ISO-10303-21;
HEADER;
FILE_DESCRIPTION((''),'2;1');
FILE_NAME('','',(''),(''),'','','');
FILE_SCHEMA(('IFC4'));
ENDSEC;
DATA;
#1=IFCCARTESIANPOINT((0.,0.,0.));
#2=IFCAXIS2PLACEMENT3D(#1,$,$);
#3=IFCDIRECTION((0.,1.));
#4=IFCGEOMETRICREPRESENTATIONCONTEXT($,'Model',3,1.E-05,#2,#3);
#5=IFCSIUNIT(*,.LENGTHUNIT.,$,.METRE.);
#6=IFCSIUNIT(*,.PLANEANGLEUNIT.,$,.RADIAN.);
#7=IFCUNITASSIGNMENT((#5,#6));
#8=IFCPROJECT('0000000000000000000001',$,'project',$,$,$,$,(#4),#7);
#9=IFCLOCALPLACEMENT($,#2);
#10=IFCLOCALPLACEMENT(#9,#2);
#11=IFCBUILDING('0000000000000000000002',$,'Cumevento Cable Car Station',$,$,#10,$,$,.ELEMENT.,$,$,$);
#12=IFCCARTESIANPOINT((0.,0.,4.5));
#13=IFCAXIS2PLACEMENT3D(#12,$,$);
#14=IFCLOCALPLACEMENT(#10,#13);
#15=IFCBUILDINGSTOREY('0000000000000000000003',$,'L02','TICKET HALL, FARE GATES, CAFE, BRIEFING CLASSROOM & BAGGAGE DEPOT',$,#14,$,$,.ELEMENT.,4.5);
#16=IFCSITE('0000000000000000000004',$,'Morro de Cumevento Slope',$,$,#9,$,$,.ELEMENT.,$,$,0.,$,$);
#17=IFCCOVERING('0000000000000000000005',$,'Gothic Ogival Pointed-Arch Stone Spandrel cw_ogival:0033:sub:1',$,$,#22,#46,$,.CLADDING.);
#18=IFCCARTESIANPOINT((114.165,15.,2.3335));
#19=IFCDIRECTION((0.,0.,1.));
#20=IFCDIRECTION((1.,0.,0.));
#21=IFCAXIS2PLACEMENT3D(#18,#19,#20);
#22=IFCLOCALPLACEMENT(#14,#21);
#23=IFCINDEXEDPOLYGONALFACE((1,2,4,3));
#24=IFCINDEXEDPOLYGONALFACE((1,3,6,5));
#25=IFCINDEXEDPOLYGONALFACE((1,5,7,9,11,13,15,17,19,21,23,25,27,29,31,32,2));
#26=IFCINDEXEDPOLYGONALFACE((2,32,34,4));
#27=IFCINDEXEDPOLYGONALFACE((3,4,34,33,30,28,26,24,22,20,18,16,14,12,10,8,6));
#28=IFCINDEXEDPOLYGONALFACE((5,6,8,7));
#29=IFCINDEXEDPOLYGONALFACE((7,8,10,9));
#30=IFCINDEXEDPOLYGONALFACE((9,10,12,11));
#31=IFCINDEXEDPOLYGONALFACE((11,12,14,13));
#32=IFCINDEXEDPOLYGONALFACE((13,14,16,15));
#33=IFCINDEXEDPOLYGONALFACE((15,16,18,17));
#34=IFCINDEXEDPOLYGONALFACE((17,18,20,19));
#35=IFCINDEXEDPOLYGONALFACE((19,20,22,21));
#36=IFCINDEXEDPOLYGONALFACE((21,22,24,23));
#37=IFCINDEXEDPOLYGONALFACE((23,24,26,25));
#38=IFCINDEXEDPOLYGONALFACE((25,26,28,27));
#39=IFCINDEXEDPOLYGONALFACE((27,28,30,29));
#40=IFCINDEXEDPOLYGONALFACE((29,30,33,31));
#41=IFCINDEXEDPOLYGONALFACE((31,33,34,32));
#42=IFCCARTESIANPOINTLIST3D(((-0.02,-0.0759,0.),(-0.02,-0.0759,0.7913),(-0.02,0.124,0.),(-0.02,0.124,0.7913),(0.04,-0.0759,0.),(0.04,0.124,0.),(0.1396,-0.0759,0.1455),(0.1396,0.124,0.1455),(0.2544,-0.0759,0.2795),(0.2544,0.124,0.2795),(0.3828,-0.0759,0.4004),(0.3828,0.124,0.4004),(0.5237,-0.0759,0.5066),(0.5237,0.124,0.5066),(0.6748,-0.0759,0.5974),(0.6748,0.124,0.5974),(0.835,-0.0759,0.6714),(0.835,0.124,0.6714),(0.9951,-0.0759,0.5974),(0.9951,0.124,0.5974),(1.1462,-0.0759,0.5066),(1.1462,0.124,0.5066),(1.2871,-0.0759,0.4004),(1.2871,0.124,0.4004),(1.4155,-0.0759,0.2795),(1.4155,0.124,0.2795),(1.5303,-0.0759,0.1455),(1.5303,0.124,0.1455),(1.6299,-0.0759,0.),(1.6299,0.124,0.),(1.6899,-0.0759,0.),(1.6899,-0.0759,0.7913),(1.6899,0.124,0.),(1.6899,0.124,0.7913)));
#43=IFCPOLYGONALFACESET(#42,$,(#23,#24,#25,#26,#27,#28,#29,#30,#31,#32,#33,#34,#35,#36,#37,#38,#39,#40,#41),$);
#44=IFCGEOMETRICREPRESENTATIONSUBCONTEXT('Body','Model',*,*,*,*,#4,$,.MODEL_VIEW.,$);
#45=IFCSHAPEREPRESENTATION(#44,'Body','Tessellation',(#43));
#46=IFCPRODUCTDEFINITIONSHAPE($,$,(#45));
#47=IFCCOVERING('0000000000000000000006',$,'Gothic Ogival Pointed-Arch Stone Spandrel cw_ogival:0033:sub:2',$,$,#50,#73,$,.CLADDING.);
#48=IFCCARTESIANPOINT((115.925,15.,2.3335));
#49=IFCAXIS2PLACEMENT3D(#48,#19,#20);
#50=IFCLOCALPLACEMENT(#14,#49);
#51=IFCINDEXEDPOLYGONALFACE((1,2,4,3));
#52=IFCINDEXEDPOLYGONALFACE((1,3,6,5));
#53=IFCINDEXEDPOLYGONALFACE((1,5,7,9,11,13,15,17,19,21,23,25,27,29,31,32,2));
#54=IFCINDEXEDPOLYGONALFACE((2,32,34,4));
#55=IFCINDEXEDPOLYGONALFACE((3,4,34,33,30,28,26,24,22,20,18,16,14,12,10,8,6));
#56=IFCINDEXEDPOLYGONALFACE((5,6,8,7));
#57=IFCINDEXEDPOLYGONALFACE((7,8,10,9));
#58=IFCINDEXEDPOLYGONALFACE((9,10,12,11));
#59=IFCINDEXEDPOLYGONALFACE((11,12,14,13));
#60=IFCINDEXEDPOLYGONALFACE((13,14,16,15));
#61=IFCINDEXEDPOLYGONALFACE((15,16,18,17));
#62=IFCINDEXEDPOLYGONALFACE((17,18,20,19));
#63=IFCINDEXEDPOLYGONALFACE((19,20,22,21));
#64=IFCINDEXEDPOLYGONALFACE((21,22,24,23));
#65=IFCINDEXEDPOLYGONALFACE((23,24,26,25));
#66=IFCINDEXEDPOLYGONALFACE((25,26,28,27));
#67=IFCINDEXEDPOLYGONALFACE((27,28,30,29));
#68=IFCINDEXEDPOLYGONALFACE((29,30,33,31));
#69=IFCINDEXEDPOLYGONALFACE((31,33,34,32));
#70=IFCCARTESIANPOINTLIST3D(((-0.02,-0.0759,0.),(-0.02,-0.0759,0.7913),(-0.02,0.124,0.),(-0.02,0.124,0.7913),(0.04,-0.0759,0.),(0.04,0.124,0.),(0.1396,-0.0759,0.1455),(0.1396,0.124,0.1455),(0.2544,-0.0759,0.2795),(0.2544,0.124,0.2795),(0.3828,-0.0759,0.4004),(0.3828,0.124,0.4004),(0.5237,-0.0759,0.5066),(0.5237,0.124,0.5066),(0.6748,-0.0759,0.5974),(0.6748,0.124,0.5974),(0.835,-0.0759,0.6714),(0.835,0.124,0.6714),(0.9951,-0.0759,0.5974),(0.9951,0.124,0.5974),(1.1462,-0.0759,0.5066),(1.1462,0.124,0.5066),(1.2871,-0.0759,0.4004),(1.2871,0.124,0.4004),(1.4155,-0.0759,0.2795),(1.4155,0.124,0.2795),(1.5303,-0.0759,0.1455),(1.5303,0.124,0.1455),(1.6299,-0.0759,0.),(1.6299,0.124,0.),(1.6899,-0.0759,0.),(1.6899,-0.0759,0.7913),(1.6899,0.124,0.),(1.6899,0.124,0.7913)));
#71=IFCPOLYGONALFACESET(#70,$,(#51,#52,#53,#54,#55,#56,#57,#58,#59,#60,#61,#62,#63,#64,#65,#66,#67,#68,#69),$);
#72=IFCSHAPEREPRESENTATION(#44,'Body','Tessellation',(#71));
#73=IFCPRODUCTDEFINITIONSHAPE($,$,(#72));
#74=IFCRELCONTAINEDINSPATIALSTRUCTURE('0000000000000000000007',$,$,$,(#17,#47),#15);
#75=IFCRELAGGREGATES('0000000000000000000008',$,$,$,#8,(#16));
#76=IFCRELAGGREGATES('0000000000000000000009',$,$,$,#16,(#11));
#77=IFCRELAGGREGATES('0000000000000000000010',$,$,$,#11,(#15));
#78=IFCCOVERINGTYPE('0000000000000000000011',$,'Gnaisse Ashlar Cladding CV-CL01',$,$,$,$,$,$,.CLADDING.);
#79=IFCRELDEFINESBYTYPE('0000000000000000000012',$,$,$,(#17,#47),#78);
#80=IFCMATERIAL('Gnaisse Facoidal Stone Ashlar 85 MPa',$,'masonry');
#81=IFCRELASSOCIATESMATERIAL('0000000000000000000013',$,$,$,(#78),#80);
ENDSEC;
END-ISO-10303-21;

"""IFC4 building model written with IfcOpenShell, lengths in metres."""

from ifc_helpers import new_model, si_unit, direction, frame, origin, place, context, subcontext, project, spatial, polyline, outline, extrude, material, type_object, element, save


model = new_model("IFC4")

# Units and contexts
model_context = context("Model", 3, precision=1e-05, world=origin(), true_north=direction((0.0, 1.0)))
body_context = subcontext(model_context, "Body", "Model", "MODEL_VIEW")
ifc_project = project(units=[si_unit("LENGTHUNIT", "METRE"), si_unit("PLANEANGLEUNIT", "RADIAN")], contexts=[model_context])

# Site, building, storey
site_placement = place(None, origin())
site = spatial("IfcSite", under=ifc_project, at=site_placement, Name="Morro de Cumevento Slope", CompositionType="ELEMENT", RefElevation=0.0)
building_placement = place(site_placement, origin())
building = spatial("IfcBuilding", under=site, at=building_placement, Name="Cumevento Cable Car Station", CompositionType="ELEMENT")
storey_placement = place(building_placement, frame((0.0, 0.0, 4.5)))
storey = spatial("IfcBuildingStorey", under=building, at=storey_placement, Name="L02", Description="TICKET HALL, FARE GATES, CAFE, BRIEFING CLASSROOM & BAGGAGE DEPOT", CompositionType="ELEMENT", Elevation=4.5)

# Coverings
ifc_material_1 = material(Name="Gnaisse Facoidal Stone Ashlar 85 MPa", Category="masonry")
covering_type = type_object("IfcCoveringType", Name="Gnaisse Ashlar Cladding CV-CL01", PredefinedType="CLADDING", material=ifc_material_1)
for number, where, z_axis, x_axis, name in (
    (1, (114.165, 15.0, 2.3335), (0.0, 0.0, 1.0), (1.0, 0.0, 0.0), "Gothic Ogival Pointed-Arch Stone Spandrel cw_ogival:0033:sub:1"),
    (2, (115.925, 15.0, 2.3335), (0.0, 0.0, 1.0), (1.0, 0.0, 0.0), "Gothic Ogival Pointed-Arch Stone Spandrel cw_ogival:0033:sub:2"),
):
    element("IfcCovering", number, at=place(storey_placement, frame(where, z_axis=z_axis, x_axis=x_axis)), inside=storey, type_object=covering_type, Name=name, PredefinedType="CLADDING", context=body_context, shape_type="SweptSolid", body=[
        extrude(outline(polyline([(-0.02, 0.0), (-0.02, 0.7913), (1.6899, 0.7913), (1.6899, 0.0), (1.6299, 0.0), (1.5303, 0.1455), (1.4155, 0.2795), (1.2871, 0.4004), (1.1462, 0.5066), (0.9951, 0.5974), (0.835, 0.6714), (0.6748, 0.5974), (0.5237, 0.5066), (0.3828, 0.4004), (0.2544, 0.2795), (0.1396, 0.1455), (0.04, 0.0), (-0.02, 0.0)])), frame((0.0, 0.124, 0.0), z_axis=(0.0, -1.0, 0.0), x_axis=(1.0, 0.0, 0.0)), (0.0, 0.0, 1.0), 0.2),
    ])

save(model, "model.ifc")
